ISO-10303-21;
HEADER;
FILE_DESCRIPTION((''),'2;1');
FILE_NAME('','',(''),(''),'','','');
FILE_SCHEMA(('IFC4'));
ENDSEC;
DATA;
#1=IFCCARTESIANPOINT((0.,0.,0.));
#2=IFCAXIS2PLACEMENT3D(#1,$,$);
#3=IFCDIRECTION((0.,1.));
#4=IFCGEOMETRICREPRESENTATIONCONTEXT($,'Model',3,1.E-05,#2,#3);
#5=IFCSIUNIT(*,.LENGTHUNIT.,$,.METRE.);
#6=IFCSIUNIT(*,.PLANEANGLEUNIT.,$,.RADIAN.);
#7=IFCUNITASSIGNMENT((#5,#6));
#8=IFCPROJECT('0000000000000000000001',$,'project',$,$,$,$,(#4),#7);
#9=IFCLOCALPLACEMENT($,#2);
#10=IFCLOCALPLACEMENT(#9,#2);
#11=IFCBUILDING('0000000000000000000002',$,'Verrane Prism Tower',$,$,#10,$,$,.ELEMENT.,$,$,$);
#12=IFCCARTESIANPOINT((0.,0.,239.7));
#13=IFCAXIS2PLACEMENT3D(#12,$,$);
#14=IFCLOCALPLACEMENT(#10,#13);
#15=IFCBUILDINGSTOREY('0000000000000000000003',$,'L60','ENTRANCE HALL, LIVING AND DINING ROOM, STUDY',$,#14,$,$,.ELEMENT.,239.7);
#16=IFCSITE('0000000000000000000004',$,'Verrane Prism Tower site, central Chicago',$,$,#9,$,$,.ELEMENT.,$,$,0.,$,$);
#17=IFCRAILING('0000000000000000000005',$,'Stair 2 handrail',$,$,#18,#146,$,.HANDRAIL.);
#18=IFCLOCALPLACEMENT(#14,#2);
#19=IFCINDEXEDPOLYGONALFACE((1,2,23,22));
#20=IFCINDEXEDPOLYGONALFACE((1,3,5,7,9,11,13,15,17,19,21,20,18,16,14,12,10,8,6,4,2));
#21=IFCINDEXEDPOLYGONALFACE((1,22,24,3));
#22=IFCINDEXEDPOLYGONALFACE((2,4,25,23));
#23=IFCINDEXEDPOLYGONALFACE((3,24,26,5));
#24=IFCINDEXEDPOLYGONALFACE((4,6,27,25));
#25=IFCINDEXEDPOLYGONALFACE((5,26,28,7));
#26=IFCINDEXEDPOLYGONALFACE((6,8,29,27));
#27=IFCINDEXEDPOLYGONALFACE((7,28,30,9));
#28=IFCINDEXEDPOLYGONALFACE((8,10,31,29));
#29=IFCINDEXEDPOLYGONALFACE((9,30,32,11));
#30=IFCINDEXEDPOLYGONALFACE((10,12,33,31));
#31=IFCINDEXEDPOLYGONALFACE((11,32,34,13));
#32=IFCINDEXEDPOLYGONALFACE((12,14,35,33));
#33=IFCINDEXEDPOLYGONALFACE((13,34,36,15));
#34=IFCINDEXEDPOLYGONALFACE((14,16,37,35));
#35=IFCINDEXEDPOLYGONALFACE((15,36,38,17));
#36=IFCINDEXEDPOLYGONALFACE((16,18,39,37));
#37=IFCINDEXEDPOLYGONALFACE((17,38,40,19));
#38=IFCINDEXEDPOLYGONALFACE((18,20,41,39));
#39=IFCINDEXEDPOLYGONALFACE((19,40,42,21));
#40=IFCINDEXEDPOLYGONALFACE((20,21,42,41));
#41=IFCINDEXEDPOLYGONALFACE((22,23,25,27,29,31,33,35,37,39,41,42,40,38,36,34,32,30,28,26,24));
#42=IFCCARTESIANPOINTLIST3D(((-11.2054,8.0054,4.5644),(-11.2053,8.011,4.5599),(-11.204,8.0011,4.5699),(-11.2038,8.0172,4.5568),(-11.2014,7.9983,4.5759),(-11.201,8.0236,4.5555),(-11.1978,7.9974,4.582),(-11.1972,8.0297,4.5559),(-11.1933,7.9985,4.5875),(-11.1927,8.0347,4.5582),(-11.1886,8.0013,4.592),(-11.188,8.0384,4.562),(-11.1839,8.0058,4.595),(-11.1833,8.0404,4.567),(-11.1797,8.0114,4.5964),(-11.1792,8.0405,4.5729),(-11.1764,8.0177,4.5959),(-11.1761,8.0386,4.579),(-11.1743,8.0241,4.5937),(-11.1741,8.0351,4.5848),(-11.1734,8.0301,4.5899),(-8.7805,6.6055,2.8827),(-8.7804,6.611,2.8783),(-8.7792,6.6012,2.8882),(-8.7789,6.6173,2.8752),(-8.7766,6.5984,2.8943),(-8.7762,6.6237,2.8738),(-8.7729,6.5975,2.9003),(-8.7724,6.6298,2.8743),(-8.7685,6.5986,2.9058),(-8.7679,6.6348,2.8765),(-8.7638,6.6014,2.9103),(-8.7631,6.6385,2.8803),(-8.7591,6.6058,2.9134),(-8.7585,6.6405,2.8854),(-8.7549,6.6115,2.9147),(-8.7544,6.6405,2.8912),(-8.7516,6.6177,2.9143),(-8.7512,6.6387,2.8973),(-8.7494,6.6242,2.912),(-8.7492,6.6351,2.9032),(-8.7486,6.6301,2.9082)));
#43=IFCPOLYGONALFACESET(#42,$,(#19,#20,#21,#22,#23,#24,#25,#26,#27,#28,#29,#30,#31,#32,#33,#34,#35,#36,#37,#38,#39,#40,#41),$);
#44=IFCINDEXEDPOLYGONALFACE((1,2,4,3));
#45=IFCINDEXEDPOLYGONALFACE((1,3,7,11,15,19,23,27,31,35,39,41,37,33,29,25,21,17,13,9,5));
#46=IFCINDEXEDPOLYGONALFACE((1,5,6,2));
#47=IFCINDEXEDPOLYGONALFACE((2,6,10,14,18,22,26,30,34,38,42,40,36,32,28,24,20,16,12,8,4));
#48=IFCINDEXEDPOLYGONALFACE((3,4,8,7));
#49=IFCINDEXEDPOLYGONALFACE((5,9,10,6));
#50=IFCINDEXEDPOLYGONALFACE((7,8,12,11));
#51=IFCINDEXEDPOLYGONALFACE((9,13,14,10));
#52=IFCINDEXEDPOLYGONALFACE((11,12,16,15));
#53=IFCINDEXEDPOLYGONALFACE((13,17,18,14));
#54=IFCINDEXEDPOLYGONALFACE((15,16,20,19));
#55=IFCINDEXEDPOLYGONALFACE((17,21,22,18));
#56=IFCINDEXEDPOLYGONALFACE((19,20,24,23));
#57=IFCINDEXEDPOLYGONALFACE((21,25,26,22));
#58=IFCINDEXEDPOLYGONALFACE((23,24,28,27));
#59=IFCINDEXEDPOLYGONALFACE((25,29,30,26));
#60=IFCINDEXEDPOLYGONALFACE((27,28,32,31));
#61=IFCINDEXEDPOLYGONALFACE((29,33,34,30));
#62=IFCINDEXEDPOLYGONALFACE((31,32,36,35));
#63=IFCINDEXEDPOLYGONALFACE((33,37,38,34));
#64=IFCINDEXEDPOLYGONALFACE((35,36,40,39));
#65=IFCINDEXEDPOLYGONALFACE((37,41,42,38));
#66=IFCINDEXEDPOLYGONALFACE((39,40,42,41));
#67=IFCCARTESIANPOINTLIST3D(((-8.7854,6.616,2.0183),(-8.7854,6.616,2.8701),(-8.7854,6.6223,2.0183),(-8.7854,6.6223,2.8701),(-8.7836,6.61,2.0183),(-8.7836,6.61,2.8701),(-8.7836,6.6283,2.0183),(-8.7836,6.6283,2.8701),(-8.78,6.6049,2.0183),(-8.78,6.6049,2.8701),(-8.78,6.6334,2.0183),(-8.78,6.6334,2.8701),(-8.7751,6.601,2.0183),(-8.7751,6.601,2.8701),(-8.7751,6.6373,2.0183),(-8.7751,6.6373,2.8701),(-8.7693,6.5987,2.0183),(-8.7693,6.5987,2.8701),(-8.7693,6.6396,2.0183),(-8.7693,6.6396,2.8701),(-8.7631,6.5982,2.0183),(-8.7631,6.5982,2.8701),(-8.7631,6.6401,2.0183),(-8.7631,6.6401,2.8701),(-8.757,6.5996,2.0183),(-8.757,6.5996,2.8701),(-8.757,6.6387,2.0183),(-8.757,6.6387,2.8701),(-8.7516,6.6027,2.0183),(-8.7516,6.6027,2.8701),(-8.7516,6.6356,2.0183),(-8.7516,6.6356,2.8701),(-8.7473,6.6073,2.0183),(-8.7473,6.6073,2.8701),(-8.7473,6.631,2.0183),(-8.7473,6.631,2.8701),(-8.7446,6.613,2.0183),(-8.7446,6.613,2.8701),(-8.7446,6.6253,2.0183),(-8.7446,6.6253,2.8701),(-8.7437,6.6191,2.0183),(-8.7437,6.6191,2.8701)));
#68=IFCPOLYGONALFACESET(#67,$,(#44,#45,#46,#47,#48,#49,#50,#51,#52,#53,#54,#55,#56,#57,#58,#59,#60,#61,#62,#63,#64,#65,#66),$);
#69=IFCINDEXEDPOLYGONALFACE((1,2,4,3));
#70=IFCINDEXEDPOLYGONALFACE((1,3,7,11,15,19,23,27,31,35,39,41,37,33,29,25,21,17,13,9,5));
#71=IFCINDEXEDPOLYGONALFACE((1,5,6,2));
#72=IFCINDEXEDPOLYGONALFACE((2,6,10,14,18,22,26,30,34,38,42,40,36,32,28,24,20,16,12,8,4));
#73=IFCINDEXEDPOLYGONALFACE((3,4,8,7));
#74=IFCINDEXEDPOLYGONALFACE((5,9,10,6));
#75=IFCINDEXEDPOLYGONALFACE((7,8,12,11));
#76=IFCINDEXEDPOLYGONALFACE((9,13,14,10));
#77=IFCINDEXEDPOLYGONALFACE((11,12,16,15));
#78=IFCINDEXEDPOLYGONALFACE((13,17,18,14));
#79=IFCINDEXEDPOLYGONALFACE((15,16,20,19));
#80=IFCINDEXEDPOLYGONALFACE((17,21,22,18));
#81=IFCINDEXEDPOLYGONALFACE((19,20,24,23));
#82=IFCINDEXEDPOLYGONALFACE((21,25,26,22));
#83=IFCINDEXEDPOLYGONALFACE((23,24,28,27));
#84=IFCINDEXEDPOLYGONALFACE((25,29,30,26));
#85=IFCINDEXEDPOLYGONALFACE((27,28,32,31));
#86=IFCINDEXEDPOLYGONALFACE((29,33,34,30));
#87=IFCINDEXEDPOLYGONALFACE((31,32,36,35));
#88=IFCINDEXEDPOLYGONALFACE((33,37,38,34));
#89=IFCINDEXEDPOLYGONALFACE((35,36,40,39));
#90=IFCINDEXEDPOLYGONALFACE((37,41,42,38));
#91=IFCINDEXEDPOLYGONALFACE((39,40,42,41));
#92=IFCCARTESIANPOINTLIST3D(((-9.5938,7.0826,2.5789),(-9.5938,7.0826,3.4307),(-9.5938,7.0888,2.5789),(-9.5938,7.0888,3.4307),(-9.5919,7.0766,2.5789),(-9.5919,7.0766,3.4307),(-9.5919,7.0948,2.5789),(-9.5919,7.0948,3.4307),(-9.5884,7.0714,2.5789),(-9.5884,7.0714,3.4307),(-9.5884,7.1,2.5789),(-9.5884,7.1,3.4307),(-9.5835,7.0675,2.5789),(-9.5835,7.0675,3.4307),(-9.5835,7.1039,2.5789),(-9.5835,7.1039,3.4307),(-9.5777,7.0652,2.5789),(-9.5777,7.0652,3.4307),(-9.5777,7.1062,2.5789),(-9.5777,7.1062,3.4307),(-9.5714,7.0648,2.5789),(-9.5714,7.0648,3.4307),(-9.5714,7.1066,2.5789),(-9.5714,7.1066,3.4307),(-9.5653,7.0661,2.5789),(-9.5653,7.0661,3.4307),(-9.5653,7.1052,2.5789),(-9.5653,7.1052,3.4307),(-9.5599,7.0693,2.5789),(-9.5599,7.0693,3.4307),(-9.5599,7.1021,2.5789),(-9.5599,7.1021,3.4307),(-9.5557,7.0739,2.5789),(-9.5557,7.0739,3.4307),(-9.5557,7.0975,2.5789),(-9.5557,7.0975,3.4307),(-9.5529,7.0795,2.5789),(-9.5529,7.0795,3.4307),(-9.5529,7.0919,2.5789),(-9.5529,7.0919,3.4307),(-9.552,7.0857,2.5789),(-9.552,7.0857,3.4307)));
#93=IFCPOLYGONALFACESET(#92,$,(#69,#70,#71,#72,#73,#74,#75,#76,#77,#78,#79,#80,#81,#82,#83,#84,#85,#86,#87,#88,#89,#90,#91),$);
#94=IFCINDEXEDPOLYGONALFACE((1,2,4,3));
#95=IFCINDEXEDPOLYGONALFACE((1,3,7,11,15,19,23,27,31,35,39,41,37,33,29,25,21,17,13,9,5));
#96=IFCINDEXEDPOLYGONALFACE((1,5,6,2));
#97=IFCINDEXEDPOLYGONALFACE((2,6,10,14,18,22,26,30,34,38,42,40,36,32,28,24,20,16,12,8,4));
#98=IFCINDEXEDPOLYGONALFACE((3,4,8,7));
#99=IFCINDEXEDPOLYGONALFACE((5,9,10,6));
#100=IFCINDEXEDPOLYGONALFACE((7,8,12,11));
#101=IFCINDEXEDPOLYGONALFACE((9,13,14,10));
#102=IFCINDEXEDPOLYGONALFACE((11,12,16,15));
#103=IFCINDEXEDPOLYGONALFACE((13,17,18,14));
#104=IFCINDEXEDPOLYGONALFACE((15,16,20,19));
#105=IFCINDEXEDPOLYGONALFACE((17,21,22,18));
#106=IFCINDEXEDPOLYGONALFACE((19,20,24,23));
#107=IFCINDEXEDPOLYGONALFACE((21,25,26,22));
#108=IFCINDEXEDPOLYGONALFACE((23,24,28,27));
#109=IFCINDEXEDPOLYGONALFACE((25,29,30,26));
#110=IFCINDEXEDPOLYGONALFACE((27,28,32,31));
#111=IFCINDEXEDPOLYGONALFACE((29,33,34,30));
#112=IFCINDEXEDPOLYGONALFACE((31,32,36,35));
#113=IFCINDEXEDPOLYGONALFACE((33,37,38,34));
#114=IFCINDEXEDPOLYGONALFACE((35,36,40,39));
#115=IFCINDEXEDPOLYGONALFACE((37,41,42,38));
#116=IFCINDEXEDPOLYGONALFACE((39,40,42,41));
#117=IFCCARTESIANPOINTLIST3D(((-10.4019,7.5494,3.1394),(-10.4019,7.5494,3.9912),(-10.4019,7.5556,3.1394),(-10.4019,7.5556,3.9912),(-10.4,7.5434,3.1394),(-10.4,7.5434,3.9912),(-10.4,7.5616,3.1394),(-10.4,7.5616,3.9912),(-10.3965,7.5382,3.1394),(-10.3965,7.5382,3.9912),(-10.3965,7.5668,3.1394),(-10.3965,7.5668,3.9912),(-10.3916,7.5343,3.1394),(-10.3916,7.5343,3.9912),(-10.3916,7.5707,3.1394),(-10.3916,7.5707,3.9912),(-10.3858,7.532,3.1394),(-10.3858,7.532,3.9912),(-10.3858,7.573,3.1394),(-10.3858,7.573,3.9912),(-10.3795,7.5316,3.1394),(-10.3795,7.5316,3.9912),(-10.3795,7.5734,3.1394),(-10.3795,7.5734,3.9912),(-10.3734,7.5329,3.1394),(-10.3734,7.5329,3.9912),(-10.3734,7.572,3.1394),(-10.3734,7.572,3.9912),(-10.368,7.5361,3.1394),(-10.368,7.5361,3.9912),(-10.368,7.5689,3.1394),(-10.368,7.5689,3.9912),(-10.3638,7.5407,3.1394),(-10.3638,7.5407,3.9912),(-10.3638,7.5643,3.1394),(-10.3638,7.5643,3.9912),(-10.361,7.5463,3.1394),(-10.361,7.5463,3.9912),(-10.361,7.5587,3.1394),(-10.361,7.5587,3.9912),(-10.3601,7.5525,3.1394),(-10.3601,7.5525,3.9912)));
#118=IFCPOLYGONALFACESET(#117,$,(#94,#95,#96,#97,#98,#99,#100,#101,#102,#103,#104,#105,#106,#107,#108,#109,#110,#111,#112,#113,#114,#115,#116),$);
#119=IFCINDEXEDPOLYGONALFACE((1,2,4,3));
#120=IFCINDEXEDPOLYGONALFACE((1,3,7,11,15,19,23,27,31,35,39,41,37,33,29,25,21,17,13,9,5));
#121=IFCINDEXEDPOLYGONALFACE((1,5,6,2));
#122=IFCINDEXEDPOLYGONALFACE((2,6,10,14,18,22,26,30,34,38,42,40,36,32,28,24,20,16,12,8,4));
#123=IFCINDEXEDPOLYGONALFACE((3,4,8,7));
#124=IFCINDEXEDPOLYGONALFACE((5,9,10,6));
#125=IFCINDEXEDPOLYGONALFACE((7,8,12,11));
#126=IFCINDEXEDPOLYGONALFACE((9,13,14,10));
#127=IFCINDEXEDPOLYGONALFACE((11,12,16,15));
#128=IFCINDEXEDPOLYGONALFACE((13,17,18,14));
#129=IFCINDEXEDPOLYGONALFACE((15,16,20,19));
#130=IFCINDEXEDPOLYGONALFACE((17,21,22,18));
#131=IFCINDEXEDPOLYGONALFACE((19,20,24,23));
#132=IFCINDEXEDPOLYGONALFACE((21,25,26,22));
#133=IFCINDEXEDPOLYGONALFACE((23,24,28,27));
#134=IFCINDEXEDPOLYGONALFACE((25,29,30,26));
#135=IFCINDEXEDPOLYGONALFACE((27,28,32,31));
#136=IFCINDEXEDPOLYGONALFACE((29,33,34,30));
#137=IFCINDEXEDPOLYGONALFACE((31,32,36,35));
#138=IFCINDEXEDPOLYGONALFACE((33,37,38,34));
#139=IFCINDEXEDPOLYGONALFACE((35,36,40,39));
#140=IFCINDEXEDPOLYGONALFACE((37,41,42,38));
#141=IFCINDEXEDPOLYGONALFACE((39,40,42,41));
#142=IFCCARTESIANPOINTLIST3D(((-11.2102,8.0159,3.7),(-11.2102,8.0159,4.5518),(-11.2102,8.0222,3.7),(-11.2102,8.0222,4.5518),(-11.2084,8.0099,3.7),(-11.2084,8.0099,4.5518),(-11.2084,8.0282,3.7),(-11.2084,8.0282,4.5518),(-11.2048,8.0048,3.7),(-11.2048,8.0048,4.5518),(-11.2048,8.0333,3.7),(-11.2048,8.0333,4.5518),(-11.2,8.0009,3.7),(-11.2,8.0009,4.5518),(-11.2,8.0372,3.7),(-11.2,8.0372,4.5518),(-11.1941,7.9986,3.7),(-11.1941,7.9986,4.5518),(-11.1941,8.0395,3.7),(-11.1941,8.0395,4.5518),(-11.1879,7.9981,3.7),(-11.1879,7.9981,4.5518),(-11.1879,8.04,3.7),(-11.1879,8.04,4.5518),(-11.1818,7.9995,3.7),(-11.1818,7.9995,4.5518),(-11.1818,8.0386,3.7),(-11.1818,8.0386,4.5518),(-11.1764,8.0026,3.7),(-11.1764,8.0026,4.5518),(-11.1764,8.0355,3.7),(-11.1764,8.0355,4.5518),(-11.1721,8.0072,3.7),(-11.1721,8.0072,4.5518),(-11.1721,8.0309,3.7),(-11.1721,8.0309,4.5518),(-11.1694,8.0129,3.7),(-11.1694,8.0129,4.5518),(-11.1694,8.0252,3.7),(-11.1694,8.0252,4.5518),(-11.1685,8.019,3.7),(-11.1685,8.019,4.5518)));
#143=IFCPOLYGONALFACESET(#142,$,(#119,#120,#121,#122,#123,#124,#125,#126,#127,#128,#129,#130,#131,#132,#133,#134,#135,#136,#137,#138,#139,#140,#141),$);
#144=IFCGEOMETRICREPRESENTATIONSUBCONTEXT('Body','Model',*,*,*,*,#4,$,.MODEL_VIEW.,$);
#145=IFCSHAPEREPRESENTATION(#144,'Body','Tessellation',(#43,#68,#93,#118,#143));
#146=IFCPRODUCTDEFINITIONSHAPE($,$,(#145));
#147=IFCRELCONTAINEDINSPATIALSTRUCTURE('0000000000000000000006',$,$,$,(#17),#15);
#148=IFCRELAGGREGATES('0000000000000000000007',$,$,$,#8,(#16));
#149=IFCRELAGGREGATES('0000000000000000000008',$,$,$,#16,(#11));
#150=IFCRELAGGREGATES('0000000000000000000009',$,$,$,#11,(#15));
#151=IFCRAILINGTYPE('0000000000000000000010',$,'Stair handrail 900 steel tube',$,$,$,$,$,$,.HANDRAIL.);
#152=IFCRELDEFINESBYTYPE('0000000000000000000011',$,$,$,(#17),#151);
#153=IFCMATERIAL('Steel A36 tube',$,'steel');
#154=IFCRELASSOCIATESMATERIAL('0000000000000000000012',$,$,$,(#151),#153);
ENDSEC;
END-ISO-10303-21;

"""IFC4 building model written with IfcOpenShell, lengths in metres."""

from ifc_helpers import new_model, si_unit, direction, frame, origin, origin_2d, place, context, subcontext, project, spatial, circle, extrude, material, type_object, element, save


model = new_model("IFC4")

# Units and contexts
model_context = context("Model", 3, precision=1e-05, world=origin(), true_north=direction((0.0, 1.0)))
body_context = subcontext(model_context, "Body", "Model", "MODEL_VIEW")
ifc_project = project(units=[si_unit("LENGTHUNIT", "METRE"), si_unit("PLANEANGLEUNIT", "RADIAN")], contexts=[model_context])

# Site, building, storey
site_placement = place(None, origin())
site = spatial("IfcSite", under=ifc_project, at=site_placement, Name="Verrane Prism Tower site, central Chicago", CompositionType="ELEMENT", RefElevation=0.0)
building_placement = place(site_placement, origin())
building = spatial("IfcBuilding", under=site, at=building_placement, Name="Verrane Prism Tower", CompositionType="ELEMENT")
storey_placement = place(building_placement, frame((0.0, 0.0, 239.7)))
storey = spatial("IfcBuildingStorey", under=building, at=storey_placement, Name="L60", Description="ENTRANCE HALL, LIVING AND DINING ROOM, STUDY", CompositionType="ELEMENT", Elevation=239.7)

# Railing
ifc_material_1 = material(Name="Steel A36 tube", Category="steel")
railing_type_1 = type_object("IfcRailingType", Name="Stair handrail 900 steel tube", PredefinedType="HANDRAIL", material=ifc_material_1)
railing_1_placement = place(storey_placement, frame((-8.7646, 6.6191, 2.0183)))
element("IfcRailing", 1, at=railing_1_placement, inside=storey, type_object=railing_type_1, Name="Stair 2 handrail", PredefinedType="HANDRAIL", context=body_context, shape_type="SweptSolid", body=[
    extrude(circle(Radius=0.0239, at=origin_2d()), frame((0.0, 0.0, 0.876), z_axis=(-0.742419, 0.428618, 0.514879), x_axis=(-0.499984, -0.866035, 0.0)), (0.0, 0.0, 1.0), 3.2661),
    extrude(circle(Radius=0.021, at=origin_2d()), origin(), (0.0, 0.0, 1.0), 0.8518),
    extrude(circle(Radius=0.021, at=origin_2d()), frame((-0.8083, 0.4666, 0.5605)), (0.0, 0.0, 1.0), 0.8518),
    extrude(circle(Radius=0.021, at=origin_2d()), frame((-1.6165, 0.9333, 1.1211)), (0.0, 0.0, 1.0), 0.8518),
    extrude(circle(Radius=0.021, at=origin_2d()), frame((-2.4248, 1.3999, 1.6816)), (0.0, 0.0, 1.0), 0.8518),
])

save(model, "model.ifc")
